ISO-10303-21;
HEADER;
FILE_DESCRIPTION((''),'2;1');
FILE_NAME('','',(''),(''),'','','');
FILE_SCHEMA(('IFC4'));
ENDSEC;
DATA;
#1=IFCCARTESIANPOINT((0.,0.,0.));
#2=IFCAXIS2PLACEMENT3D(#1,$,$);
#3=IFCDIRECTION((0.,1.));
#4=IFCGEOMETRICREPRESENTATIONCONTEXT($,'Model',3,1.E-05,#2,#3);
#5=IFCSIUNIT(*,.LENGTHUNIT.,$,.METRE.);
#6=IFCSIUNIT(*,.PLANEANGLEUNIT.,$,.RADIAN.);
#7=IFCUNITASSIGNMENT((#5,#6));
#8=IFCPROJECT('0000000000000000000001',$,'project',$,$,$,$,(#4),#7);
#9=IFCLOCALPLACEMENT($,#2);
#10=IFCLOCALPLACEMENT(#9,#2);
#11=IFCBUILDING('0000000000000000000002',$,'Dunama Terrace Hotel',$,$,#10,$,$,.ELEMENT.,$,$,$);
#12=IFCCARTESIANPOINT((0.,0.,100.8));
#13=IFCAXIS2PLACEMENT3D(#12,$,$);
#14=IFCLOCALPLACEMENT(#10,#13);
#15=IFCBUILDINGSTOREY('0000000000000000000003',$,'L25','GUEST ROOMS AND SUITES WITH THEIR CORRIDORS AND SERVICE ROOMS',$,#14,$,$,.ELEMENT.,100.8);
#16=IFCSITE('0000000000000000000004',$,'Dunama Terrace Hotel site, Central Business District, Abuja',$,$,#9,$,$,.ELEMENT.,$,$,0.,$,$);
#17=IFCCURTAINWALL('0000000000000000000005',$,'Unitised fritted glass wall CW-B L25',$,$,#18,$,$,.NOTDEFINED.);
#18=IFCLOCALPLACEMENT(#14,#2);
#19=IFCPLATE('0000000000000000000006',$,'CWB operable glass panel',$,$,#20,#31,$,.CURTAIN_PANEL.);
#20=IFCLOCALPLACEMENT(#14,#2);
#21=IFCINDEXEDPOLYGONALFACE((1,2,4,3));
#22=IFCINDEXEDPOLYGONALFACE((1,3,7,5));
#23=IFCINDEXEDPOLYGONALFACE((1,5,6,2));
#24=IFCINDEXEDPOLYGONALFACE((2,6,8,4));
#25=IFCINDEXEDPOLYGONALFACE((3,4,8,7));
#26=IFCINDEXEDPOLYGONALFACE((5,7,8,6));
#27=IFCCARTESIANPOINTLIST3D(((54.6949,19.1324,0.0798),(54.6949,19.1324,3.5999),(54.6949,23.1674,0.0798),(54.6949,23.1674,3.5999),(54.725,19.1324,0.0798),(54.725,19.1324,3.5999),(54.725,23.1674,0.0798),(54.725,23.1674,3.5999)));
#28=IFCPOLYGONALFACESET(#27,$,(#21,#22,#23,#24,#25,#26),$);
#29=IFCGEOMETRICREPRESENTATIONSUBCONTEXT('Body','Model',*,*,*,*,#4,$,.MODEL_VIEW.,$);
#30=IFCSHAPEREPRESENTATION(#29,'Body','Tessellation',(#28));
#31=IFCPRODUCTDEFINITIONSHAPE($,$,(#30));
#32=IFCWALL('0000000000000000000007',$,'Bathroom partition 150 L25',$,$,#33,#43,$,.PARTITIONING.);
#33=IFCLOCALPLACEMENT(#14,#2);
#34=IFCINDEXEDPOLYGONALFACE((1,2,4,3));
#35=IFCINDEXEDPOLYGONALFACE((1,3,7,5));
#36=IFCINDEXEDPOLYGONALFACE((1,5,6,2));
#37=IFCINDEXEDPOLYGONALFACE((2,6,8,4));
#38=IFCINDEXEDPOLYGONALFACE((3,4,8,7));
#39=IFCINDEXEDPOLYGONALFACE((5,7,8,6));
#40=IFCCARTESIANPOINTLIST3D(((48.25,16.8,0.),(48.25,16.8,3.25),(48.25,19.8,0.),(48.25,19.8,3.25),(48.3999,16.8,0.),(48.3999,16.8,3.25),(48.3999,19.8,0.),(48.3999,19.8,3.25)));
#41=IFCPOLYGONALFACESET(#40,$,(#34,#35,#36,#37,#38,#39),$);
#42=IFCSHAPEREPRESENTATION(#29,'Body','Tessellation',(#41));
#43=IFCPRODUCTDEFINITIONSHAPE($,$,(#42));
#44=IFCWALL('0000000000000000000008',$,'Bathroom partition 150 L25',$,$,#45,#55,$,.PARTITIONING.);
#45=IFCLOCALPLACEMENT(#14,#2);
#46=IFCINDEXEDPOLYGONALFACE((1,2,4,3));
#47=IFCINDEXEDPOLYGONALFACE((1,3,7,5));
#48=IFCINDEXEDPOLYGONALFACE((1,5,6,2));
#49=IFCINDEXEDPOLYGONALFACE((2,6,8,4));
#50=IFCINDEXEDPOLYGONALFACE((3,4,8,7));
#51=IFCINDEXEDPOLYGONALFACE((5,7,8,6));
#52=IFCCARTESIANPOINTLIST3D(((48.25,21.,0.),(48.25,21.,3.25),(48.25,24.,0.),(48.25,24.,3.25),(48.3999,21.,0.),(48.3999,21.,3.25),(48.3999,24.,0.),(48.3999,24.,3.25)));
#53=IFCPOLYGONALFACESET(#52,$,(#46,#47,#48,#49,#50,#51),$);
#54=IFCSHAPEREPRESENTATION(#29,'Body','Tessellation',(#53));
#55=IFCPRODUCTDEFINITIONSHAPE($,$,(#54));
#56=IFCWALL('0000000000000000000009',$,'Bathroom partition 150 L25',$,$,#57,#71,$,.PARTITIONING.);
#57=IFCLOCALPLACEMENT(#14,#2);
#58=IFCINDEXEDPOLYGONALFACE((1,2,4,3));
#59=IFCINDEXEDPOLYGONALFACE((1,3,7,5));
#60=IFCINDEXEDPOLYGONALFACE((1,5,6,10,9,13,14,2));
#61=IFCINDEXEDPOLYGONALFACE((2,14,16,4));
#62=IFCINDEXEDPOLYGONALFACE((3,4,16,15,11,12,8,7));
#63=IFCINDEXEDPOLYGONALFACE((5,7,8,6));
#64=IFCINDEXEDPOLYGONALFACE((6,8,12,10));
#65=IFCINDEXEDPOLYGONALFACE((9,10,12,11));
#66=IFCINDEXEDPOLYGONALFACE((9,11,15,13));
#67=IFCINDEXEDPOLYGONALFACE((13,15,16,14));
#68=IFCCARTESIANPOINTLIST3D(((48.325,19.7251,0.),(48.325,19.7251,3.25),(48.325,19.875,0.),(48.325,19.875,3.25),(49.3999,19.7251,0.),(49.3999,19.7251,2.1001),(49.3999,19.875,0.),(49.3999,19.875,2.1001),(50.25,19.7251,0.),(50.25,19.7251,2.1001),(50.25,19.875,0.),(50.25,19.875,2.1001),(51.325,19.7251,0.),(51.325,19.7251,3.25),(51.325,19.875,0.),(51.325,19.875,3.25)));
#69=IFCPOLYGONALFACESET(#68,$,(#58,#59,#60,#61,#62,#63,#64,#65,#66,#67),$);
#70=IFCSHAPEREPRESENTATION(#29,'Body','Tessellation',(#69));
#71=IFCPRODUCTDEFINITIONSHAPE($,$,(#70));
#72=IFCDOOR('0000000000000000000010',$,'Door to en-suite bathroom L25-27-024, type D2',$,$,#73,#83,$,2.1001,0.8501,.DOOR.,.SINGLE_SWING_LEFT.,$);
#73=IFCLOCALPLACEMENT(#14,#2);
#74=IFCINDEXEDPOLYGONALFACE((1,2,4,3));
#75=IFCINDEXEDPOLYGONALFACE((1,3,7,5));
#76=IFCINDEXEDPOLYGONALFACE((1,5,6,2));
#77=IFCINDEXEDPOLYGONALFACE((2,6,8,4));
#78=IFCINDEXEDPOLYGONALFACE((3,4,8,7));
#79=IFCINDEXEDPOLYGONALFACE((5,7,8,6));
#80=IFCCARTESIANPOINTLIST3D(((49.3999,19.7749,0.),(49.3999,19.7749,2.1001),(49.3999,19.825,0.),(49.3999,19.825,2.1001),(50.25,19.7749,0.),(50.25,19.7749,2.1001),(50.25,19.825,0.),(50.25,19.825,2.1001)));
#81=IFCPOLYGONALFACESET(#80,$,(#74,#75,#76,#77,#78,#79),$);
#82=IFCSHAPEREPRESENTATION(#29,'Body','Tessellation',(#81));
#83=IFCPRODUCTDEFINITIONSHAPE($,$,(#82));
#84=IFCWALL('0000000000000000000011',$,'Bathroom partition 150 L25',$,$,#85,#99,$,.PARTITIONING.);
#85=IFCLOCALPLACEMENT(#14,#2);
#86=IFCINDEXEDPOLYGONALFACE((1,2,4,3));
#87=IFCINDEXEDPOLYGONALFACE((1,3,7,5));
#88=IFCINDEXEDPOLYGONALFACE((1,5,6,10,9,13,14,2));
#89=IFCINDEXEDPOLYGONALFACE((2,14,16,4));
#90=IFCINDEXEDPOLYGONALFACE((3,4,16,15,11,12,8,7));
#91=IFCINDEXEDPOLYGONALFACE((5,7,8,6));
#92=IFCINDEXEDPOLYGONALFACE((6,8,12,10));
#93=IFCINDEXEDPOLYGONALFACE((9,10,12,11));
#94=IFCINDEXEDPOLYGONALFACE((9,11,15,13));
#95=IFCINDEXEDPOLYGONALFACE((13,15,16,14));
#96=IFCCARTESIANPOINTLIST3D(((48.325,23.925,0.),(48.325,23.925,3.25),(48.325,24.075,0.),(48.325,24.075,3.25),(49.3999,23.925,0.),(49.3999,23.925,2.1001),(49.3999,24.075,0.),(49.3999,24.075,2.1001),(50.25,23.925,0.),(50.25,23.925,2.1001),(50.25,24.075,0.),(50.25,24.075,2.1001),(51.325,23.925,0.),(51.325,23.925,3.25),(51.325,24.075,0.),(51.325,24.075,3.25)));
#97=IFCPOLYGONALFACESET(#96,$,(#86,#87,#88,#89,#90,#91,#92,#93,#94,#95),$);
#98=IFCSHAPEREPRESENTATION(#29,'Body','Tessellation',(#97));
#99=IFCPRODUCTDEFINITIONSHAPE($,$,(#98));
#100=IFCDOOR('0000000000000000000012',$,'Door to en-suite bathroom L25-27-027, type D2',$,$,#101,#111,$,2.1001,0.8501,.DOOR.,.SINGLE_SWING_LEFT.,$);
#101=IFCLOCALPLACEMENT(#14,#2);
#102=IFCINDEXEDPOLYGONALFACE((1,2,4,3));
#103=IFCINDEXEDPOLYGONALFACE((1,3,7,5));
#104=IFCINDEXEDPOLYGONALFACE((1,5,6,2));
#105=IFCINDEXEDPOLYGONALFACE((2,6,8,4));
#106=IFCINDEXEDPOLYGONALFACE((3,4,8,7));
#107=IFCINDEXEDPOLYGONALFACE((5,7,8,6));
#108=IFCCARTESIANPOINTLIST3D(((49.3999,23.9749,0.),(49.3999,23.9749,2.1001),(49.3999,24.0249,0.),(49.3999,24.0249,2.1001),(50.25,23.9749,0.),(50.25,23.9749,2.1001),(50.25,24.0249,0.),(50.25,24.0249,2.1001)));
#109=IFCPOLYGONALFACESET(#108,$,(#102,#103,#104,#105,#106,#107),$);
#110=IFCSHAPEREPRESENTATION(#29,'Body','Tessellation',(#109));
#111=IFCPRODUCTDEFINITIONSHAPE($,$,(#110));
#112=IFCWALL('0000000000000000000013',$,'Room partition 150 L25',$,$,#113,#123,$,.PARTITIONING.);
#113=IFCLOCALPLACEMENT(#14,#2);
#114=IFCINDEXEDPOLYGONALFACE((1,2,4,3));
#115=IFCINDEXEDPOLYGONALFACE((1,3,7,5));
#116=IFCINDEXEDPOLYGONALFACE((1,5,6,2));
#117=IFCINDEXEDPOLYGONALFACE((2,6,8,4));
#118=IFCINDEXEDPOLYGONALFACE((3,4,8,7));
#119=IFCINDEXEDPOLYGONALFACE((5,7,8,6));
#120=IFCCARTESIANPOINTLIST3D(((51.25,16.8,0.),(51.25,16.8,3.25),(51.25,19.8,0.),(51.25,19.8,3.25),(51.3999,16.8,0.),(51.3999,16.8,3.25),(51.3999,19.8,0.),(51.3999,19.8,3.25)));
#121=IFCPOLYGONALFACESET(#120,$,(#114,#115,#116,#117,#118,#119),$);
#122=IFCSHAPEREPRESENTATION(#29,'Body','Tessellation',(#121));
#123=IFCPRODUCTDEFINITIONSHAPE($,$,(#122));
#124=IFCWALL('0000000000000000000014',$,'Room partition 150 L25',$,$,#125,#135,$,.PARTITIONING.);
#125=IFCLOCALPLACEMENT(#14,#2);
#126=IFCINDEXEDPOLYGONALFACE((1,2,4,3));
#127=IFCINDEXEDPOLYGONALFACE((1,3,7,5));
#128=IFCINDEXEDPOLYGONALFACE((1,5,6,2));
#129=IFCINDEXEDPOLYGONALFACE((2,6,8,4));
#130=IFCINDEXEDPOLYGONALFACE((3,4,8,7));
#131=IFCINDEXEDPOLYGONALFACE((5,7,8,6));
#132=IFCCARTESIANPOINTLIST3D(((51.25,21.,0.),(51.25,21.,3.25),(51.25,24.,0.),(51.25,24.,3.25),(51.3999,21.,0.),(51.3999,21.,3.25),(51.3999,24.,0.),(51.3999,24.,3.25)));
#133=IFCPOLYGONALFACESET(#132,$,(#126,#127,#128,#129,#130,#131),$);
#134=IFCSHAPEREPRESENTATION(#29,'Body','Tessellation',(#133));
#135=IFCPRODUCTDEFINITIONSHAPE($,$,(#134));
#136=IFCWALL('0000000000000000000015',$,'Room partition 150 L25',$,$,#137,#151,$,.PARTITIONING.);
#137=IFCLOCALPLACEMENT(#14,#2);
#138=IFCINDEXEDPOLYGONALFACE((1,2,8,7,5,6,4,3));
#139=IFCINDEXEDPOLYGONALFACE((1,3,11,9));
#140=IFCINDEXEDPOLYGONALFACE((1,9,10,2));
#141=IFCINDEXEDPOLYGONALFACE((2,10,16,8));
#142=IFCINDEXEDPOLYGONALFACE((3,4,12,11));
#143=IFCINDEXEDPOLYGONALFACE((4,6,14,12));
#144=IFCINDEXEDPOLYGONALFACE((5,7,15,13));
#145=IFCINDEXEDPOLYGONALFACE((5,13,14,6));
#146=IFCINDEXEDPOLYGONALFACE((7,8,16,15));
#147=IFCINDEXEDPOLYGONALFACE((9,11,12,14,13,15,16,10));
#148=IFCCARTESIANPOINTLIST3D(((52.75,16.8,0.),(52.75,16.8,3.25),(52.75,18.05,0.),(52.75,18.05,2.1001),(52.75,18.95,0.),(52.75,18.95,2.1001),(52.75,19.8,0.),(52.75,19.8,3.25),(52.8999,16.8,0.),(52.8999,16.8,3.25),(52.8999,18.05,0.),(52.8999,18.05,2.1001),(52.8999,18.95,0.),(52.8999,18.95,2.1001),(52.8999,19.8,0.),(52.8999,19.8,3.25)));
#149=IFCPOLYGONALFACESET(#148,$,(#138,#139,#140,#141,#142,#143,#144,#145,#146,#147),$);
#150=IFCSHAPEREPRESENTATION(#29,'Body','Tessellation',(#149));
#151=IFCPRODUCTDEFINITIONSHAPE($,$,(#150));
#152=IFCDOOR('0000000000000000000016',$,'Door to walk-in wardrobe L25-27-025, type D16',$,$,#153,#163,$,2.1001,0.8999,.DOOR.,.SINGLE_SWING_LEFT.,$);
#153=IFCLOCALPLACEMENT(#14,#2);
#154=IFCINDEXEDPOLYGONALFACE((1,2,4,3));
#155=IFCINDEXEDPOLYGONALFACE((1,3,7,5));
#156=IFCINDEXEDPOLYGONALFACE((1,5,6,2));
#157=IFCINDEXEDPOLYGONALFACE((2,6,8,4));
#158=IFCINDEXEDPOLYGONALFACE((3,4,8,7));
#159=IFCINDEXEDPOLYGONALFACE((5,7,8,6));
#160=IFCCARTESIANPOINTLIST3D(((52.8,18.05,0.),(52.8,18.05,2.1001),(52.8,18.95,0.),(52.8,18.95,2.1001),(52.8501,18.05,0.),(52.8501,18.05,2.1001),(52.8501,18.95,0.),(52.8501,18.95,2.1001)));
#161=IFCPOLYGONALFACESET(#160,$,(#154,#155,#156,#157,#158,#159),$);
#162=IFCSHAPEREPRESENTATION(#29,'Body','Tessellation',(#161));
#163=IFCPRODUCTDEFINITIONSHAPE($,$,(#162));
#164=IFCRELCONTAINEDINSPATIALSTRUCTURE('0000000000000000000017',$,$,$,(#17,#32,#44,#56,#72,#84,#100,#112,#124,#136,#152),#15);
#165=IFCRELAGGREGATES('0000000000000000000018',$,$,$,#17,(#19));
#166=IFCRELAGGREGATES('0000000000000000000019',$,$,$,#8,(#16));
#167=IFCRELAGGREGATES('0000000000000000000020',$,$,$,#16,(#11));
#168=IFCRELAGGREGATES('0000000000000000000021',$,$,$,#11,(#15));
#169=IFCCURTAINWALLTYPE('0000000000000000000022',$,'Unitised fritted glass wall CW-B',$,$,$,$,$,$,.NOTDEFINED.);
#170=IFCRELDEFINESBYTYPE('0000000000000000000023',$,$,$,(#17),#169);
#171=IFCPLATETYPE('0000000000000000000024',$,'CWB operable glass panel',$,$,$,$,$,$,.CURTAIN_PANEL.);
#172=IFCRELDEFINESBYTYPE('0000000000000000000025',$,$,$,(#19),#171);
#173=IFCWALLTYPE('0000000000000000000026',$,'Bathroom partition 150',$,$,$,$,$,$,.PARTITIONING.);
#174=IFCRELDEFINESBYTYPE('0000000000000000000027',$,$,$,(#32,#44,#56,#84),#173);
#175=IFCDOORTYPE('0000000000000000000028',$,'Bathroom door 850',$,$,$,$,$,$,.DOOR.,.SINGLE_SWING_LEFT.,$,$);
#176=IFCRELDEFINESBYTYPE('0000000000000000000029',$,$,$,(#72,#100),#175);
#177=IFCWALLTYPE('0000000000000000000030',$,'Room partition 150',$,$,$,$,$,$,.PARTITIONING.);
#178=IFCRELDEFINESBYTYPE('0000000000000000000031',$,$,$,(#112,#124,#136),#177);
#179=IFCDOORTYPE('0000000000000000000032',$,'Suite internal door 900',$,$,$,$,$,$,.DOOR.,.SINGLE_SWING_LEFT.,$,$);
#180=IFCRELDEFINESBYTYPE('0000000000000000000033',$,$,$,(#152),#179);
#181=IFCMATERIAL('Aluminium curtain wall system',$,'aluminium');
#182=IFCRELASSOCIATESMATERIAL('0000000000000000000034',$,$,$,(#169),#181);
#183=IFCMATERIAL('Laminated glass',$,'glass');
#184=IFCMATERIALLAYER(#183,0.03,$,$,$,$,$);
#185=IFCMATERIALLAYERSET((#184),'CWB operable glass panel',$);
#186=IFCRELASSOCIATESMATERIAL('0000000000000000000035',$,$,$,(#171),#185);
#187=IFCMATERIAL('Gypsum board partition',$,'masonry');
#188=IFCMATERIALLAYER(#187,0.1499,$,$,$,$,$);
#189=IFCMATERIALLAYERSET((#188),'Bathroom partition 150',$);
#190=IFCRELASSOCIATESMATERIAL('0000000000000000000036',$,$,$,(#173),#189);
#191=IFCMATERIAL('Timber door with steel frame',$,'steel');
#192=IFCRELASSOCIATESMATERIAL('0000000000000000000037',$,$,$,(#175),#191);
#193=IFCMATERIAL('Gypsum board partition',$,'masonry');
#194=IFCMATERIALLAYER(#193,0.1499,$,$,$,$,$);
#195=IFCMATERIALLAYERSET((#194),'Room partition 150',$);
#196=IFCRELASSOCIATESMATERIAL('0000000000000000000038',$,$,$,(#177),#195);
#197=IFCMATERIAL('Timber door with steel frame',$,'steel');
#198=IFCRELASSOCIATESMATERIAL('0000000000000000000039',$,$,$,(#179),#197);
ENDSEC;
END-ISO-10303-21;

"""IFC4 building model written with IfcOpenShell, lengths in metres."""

from ifc_helpers import new_model, si_unit, direction, frame, frame_2d, origin, origin_2d, place, context, subcontext, project, spatial, rectangle, extrude, material, layer, layer_set, type_object, element, fill, aggregate, save


model = new_model("IFC4")

# Units and contexts
model_context = context("Model", 3, precision=1e-05, world=origin(), true_north=direction((0.0, 1.0)))
body_context = subcontext(model_context, "Body", "Model", "MODEL_VIEW")
ifc_project = project(units=[si_unit("LENGTHUNIT", "METRE"), si_unit("PLANEANGLEUNIT", "RADIAN")], contexts=[model_context])

# Site, building, storey
site_placement = place(None, origin())
site = spatial("IfcSite", under=ifc_project, at=site_placement, Name="Dunama Terrace Hotel site, Central Business District, Abuja", CompositionType="ELEMENT", RefElevation=0.0)
building_placement = place(site_placement, origin())
building = spatial("IfcBuilding", under=site, at=building_placement, Name="Dunama Terrace Hotel", CompositionType="ELEMENT")
storey_placement = place(building_placement, frame((0.0, 0.0, 100.8)))
storey = spatial("IfcBuildingStorey", under=building, at=storey_placement, Name="L25", Description="GUEST ROOMS AND SUITES WITH THEIR CORRIDORS AND SERVICE ROOMS", CompositionType="ELEMENT", Elevation=100.8)

# Curtain wall
ifc_material_1 = material(Name="Aluminium curtain wall system", Category="aluminium")
curtain_wall_type = type_object("IfcCurtainWallType", Name="Unitised fritted glass wall CW-B", PredefinedType="NOTDEFINED", material=ifc_material_1)
curtain_wall_placement = place(storey_placement, origin())
curtain_wall = element("IfcCurtainWall", 1, at=curtain_wall_placement, inside=storey, type_object=curtain_wall_type, Name="Unitised fritted glass wall CW-B L25", PredefinedType="NOTDEFINED")

# Plate
ifc_material_2 = material(Name="Laminated glass", Category="glass")
ifc_layer_1 = layer(ifc_material_2, 0.03)
ifc_layer_set_1 = layer_set([ifc_layer_1], Name="CWB operable glass panel")
plate_type_1 = type_object("IfcPlateType", Name="CWB operable glass panel", PredefinedType="CURTAIN_PANEL", material=ifc_layer_set_1)
plate_1_placement = place(storey_placement, frame((54.71, 21.1499, 0.0798), z_axis=(0.0, 0.0, 1.0), x_axis=(0.0, 1.0, 0.0)))
plate_1 = element("IfcPlate", 2, at=plate_1_placement, type_object=plate_type_1, Name="CWB operable glass panel", PredefinedType="CURTAIN_PANEL", context=body_context, shape_type="SweptSolid", body=[
    extrude(rectangle(XDim=4.0349, YDim=0.03, at=origin_2d()), origin(), (0.0, 0.0, 1.0), 3.52),
])
aggregate(curtain_wall, [plate_1])

# Walls
ifc_material_3 = material(Name="Gypsum board partition", Category="masonry")
ifc_layer_2 = layer(ifc_material_3, 0.1499)
ifc_layer_set_2 = layer_set([ifc_layer_2], Name="Bathroom partition 150")
wall_type_1 = type_object("IfcWallType", Name="Bathroom partition 150", PredefinedType="PARTITIONING", material=ifc_layer_set_2)
for number, where, z_axis, x_axis, name in (
    (3, (48.325, 16.8, 0.0), (0.0, 0.0, 1.0), (0.0, 1.0, 0.0), "Bathroom partition 150 L25"),
    (4, (48.325, 21.0, 0.0), (0.0, 0.0, 1.0), (0.0, 1.0, 0.0), "Bathroom partition 150 L25"),
):
    element("IfcWall", number, at=place(storey_placement, frame(where, z_axis=z_axis, x_axis=x_axis)), inside=storey, type_object=wall_type_1, Name=name, PredefinedType="PARTITIONING", context=body_context, shape_type="SweptSolid", body=[
        extrude(rectangle(XDim=3.0, YDim=0.1499, at=frame_2d((1.5, 0.0))), origin(), (0.0, 0.0, 1.0), 3.25),
    ])

# Walls, openings, doors
wall_1_placement = place(storey_placement, frame((48.325, 19.8, 0.0), z_axis=(0.0, 0.0, 1.0), x_axis=(1.0, 0.0, 0.0)))
wall_1 = element("IfcWall", 5, at=wall_1_placement, inside=storey, type_object=wall_type_1, Name="Bathroom partition 150 L25", PredefinedType="PARTITIONING", context=body_context, shape_type="SweptSolid", body=[
    extrude(rectangle(XDim=3.0, YDim=0.1499, at=frame_2d((1.5, 0.0))), origin(), (0.0, 0.0, 1.0), 3.25),
])
opening_1_placement = place(wall_1_placement, frame((1.075, 0.0, 0.0)))
opening_1 = element("IfcOpeningElement", 6, at=opening_1_placement, cuts=wall_1, PredefinedType="OPENING", context=body_context, shape_type="SweptSolid", body=[
    extrude(rectangle(XDim=0.8501, YDim=2.1001, at=frame_2d((0.425, 1.05))), frame((0.0, 0.085, 0.0), z_axis=(0.0, -1.0, 0.0), x_axis=(1.0, 0.0, 0.0)), (0.0, 0.0, 1.0), 0.1699),
])
ifc_material_4 = material(Name="Timber door with steel frame", Category="steel")
door_type_1 = type_object("IfcDoorType", Name="Bathroom door 850", OperationType="SINGLE_SWING_LEFT", PredefinedType="DOOR", material=ifc_material_4)
door_1_placement = place(opening_1_placement, frame((0.8501, 0.0, 0.0), z_axis=(0.0, 0.0, 1.0), x_axis=(-1.0, 0.0, 0.0)))
door_1 = element("IfcDoor", 7, at=door_1_placement, inside=storey, type_object=door_type_1, Name="Door to en-suite bathroom L25-27-024, type D2", OperationType="SINGLE_SWING_LEFT", OverallHeight=2.1001, OverallWidth=0.8501, PredefinedType="DOOR", context=body_context, shape_type="SweptSolid", body=[
    extrude(rectangle(XDim=0.8501, YDim=2.1001, at=frame_2d((0.425, 1.05))), frame((0.0, 0.0251, 0.0), z_axis=(0.0, -1.0, 0.0), x_axis=(1.0, 0.0, 0.0)), (0.0, 0.0, 1.0), 0.05),
])
fill(opening_1, door_1)
wall_2_placement = place(storey_placement, frame((48.325, 24.0, 0.0), z_axis=(0.0, 0.0, 1.0), x_axis=(1.0, 0.0, 0.0)))
wall_2 = element("IfcWall", 8, at=wall_2_placement, inside=storey, type_object=wall_type_1, Name="Bathroom partition 150 L25", PredefinedType="PARTITIONING", context=body_context, shape_type="SweptSolid", body=[
    extrude(rectangle(XDim=3.0, YDim=0.1499, at=frame_2d((1.5, 0.0))), origin(), (0.0, 0.0, 1.0), 3.25),
])
opening_2_placement = place(wall_2_placement, frame((1.075, 0.0, 0.0)))
opening_2 = element("IfcOpeningElement", 9, at=opening_2_placement, cuts=wall_2, PredefinedType="OPENING", context=body_context, shape_type="SweptSolid", body=[
    extrude(rectangle(XDim=0.8501, YDim=2.1001, at=frame_2d((0.425, 1.05))), frame((0.0, 0.085, 0.0), z_axis=(0.0, -1.0, 0.0), x_axis=(1.0, 0.0, 0.0)), (0.0, 0.0, 1.0), 0.1699),
])
door_2_placement = place(opening_2_placement, frame((0.8501, 0.0, 0.0), z_axis=(0.0, 0.0, 1.0), x_axis=(-1.0, 0.0, 0.0)))
door_2 = element("IfcDoor", 10, at=door_2_placement, inside=storey, type_object=door_type_1, Name="Door to en-suite bathroom L25-27-027, type D2", OperationType="SINGLE_SWING_LEFT", OverallHeight=2.1001, OverallWidth=0.8501, PredefinedType="DOOR", context=body_context, shape_type="SweptSolid", body=[
    extrude(rectangle(XDim=0.8501, YDim=2.1001, at=frame_2d((0.425, 1.05))), frame((0.0, 0.0251, 0.0), z_axis=(0.0, -1.0, 0.0), x_axis=(1.0, 0.0, 0.0)), (0.0, 0.0, 1.0), 0.05),
])
fill(opening_2, door_2)

# Walls
ifc_material_5 = material(Name="Gypsum board partition", Category="masonry")
ifc_layer_3 = layer(ifc_material_5, 0.1499)
ifc_layer_set_3 = layer_set([ifc_layer_3], Name="Room partition 150")
wall_type_2 = type_object("IfcWallType", Name="Room partition 150", PredefinedType="PARTITIONING", material=ifc_layer_set_3)
for number, where, z_axis, x_axis, name in (
    (11, (51.325, 16.8, 0.0), (0.0, 0.0, 1.0), (0.0, 1.0, 0.0), "Room partition 150 L25"),
    (12, (51.325, 21.0, 0.0), (0.0, 0.0, 1.0), (0.0, 1.0, 0.0), "Room partition 150 L25"),
):
    element("IfcWall", number, at=place(storey_placement, frame(where, z_axis=z_axis, x_axis=x_axis)), inside=storey, type_object=wall_type_2, Name=name, PredefinedType="PARTITIONING", context=body_context, shape_type="SweptSolid", body=[
        extrude(rectangle(XDim=3.0, YDim=0.1499, at=frame_2d((1.5, 0.0))), origin(), (0.0, 0.0, 1.0), 3.25),
    ])

# Wall, opening, door
wall_3_placement = place(storey_placement, frame((52.825, 16.8, 0.0), z_axis=(0.0, 0.0, 1.0), x_axis=(0.0, 1.0, 0.0)))
wall_3 = element("IfcWall", 13, at=wall_3_placement, inside=storey, type_object=wall_type_2, Name="Room partition 150 L25", PredefinedType="PARTITIONING", context=body_context, shape_type="SweptSolid", body=[
    extrude(rectangle(XDim=3.0, YDim=0.1499, at=frame_2d((1.5, 0.0))), origin(), (0.0, 0.0, 1.0), 3.25),
])
opening_3_placement = place(wall_3_placement, frame((1.25, 0.0, 0.0)))
opening_3 = element("IfcOpeningElement", 14, at=opening_3_placement, cuts=wall_3, PredefinedType="OPENING", context=body_context, shape_type="SweptSolid", body=[
    extrude(rectangle(XDim=0.8999, YDim=2.1001, at=frame_2d((0.45, 1.05))), frame((0.0, 0.085, 0.0), z_axis=(0.0, -1.0, 0.0), x_axis=(1.0, 0.0, 0.0)), (0.0, 0.0, 1.0), 0.1699),
])
ifc_material_6 = material(Name="Timber door with steel frame", Category="steel")
door_type_2 = type_object("IfcDoorType", Name="Suite internal door 900", OperationType="SINGLE_SWING_LEFT", PredefinedType="DOOR", material=ifc_material_6)
door_3_placement = place(opening_3_placement, origin())
door_3 = element("IfcDoor", 15, at=door_3_placement, inside=storey, type_object=door_type_2, Name="Door to walk-in wardrobe L25-27-025, type D16", OperationType="SINGLE_SWING_LEFT", OverallHeight=2.1001, OverallWidth=0.8999, PredefinedType="DOOR", context=body_context, shape_type="SweptSolid", body=[
    extrude(rectangle(XDim=0.8999, YDim=2.1001, at=frame_2d((0.45, 1.05))), frame((0.0, 0.0249, 0.0), z_axis=(0.0, -1.0, 0.0), x_axis=(1.0, 0.0, 0.0)), (0.0, 0.0, 1.0), 0.05),
])
fill(opening_3, door_3)

save(model, "model.ifc")
